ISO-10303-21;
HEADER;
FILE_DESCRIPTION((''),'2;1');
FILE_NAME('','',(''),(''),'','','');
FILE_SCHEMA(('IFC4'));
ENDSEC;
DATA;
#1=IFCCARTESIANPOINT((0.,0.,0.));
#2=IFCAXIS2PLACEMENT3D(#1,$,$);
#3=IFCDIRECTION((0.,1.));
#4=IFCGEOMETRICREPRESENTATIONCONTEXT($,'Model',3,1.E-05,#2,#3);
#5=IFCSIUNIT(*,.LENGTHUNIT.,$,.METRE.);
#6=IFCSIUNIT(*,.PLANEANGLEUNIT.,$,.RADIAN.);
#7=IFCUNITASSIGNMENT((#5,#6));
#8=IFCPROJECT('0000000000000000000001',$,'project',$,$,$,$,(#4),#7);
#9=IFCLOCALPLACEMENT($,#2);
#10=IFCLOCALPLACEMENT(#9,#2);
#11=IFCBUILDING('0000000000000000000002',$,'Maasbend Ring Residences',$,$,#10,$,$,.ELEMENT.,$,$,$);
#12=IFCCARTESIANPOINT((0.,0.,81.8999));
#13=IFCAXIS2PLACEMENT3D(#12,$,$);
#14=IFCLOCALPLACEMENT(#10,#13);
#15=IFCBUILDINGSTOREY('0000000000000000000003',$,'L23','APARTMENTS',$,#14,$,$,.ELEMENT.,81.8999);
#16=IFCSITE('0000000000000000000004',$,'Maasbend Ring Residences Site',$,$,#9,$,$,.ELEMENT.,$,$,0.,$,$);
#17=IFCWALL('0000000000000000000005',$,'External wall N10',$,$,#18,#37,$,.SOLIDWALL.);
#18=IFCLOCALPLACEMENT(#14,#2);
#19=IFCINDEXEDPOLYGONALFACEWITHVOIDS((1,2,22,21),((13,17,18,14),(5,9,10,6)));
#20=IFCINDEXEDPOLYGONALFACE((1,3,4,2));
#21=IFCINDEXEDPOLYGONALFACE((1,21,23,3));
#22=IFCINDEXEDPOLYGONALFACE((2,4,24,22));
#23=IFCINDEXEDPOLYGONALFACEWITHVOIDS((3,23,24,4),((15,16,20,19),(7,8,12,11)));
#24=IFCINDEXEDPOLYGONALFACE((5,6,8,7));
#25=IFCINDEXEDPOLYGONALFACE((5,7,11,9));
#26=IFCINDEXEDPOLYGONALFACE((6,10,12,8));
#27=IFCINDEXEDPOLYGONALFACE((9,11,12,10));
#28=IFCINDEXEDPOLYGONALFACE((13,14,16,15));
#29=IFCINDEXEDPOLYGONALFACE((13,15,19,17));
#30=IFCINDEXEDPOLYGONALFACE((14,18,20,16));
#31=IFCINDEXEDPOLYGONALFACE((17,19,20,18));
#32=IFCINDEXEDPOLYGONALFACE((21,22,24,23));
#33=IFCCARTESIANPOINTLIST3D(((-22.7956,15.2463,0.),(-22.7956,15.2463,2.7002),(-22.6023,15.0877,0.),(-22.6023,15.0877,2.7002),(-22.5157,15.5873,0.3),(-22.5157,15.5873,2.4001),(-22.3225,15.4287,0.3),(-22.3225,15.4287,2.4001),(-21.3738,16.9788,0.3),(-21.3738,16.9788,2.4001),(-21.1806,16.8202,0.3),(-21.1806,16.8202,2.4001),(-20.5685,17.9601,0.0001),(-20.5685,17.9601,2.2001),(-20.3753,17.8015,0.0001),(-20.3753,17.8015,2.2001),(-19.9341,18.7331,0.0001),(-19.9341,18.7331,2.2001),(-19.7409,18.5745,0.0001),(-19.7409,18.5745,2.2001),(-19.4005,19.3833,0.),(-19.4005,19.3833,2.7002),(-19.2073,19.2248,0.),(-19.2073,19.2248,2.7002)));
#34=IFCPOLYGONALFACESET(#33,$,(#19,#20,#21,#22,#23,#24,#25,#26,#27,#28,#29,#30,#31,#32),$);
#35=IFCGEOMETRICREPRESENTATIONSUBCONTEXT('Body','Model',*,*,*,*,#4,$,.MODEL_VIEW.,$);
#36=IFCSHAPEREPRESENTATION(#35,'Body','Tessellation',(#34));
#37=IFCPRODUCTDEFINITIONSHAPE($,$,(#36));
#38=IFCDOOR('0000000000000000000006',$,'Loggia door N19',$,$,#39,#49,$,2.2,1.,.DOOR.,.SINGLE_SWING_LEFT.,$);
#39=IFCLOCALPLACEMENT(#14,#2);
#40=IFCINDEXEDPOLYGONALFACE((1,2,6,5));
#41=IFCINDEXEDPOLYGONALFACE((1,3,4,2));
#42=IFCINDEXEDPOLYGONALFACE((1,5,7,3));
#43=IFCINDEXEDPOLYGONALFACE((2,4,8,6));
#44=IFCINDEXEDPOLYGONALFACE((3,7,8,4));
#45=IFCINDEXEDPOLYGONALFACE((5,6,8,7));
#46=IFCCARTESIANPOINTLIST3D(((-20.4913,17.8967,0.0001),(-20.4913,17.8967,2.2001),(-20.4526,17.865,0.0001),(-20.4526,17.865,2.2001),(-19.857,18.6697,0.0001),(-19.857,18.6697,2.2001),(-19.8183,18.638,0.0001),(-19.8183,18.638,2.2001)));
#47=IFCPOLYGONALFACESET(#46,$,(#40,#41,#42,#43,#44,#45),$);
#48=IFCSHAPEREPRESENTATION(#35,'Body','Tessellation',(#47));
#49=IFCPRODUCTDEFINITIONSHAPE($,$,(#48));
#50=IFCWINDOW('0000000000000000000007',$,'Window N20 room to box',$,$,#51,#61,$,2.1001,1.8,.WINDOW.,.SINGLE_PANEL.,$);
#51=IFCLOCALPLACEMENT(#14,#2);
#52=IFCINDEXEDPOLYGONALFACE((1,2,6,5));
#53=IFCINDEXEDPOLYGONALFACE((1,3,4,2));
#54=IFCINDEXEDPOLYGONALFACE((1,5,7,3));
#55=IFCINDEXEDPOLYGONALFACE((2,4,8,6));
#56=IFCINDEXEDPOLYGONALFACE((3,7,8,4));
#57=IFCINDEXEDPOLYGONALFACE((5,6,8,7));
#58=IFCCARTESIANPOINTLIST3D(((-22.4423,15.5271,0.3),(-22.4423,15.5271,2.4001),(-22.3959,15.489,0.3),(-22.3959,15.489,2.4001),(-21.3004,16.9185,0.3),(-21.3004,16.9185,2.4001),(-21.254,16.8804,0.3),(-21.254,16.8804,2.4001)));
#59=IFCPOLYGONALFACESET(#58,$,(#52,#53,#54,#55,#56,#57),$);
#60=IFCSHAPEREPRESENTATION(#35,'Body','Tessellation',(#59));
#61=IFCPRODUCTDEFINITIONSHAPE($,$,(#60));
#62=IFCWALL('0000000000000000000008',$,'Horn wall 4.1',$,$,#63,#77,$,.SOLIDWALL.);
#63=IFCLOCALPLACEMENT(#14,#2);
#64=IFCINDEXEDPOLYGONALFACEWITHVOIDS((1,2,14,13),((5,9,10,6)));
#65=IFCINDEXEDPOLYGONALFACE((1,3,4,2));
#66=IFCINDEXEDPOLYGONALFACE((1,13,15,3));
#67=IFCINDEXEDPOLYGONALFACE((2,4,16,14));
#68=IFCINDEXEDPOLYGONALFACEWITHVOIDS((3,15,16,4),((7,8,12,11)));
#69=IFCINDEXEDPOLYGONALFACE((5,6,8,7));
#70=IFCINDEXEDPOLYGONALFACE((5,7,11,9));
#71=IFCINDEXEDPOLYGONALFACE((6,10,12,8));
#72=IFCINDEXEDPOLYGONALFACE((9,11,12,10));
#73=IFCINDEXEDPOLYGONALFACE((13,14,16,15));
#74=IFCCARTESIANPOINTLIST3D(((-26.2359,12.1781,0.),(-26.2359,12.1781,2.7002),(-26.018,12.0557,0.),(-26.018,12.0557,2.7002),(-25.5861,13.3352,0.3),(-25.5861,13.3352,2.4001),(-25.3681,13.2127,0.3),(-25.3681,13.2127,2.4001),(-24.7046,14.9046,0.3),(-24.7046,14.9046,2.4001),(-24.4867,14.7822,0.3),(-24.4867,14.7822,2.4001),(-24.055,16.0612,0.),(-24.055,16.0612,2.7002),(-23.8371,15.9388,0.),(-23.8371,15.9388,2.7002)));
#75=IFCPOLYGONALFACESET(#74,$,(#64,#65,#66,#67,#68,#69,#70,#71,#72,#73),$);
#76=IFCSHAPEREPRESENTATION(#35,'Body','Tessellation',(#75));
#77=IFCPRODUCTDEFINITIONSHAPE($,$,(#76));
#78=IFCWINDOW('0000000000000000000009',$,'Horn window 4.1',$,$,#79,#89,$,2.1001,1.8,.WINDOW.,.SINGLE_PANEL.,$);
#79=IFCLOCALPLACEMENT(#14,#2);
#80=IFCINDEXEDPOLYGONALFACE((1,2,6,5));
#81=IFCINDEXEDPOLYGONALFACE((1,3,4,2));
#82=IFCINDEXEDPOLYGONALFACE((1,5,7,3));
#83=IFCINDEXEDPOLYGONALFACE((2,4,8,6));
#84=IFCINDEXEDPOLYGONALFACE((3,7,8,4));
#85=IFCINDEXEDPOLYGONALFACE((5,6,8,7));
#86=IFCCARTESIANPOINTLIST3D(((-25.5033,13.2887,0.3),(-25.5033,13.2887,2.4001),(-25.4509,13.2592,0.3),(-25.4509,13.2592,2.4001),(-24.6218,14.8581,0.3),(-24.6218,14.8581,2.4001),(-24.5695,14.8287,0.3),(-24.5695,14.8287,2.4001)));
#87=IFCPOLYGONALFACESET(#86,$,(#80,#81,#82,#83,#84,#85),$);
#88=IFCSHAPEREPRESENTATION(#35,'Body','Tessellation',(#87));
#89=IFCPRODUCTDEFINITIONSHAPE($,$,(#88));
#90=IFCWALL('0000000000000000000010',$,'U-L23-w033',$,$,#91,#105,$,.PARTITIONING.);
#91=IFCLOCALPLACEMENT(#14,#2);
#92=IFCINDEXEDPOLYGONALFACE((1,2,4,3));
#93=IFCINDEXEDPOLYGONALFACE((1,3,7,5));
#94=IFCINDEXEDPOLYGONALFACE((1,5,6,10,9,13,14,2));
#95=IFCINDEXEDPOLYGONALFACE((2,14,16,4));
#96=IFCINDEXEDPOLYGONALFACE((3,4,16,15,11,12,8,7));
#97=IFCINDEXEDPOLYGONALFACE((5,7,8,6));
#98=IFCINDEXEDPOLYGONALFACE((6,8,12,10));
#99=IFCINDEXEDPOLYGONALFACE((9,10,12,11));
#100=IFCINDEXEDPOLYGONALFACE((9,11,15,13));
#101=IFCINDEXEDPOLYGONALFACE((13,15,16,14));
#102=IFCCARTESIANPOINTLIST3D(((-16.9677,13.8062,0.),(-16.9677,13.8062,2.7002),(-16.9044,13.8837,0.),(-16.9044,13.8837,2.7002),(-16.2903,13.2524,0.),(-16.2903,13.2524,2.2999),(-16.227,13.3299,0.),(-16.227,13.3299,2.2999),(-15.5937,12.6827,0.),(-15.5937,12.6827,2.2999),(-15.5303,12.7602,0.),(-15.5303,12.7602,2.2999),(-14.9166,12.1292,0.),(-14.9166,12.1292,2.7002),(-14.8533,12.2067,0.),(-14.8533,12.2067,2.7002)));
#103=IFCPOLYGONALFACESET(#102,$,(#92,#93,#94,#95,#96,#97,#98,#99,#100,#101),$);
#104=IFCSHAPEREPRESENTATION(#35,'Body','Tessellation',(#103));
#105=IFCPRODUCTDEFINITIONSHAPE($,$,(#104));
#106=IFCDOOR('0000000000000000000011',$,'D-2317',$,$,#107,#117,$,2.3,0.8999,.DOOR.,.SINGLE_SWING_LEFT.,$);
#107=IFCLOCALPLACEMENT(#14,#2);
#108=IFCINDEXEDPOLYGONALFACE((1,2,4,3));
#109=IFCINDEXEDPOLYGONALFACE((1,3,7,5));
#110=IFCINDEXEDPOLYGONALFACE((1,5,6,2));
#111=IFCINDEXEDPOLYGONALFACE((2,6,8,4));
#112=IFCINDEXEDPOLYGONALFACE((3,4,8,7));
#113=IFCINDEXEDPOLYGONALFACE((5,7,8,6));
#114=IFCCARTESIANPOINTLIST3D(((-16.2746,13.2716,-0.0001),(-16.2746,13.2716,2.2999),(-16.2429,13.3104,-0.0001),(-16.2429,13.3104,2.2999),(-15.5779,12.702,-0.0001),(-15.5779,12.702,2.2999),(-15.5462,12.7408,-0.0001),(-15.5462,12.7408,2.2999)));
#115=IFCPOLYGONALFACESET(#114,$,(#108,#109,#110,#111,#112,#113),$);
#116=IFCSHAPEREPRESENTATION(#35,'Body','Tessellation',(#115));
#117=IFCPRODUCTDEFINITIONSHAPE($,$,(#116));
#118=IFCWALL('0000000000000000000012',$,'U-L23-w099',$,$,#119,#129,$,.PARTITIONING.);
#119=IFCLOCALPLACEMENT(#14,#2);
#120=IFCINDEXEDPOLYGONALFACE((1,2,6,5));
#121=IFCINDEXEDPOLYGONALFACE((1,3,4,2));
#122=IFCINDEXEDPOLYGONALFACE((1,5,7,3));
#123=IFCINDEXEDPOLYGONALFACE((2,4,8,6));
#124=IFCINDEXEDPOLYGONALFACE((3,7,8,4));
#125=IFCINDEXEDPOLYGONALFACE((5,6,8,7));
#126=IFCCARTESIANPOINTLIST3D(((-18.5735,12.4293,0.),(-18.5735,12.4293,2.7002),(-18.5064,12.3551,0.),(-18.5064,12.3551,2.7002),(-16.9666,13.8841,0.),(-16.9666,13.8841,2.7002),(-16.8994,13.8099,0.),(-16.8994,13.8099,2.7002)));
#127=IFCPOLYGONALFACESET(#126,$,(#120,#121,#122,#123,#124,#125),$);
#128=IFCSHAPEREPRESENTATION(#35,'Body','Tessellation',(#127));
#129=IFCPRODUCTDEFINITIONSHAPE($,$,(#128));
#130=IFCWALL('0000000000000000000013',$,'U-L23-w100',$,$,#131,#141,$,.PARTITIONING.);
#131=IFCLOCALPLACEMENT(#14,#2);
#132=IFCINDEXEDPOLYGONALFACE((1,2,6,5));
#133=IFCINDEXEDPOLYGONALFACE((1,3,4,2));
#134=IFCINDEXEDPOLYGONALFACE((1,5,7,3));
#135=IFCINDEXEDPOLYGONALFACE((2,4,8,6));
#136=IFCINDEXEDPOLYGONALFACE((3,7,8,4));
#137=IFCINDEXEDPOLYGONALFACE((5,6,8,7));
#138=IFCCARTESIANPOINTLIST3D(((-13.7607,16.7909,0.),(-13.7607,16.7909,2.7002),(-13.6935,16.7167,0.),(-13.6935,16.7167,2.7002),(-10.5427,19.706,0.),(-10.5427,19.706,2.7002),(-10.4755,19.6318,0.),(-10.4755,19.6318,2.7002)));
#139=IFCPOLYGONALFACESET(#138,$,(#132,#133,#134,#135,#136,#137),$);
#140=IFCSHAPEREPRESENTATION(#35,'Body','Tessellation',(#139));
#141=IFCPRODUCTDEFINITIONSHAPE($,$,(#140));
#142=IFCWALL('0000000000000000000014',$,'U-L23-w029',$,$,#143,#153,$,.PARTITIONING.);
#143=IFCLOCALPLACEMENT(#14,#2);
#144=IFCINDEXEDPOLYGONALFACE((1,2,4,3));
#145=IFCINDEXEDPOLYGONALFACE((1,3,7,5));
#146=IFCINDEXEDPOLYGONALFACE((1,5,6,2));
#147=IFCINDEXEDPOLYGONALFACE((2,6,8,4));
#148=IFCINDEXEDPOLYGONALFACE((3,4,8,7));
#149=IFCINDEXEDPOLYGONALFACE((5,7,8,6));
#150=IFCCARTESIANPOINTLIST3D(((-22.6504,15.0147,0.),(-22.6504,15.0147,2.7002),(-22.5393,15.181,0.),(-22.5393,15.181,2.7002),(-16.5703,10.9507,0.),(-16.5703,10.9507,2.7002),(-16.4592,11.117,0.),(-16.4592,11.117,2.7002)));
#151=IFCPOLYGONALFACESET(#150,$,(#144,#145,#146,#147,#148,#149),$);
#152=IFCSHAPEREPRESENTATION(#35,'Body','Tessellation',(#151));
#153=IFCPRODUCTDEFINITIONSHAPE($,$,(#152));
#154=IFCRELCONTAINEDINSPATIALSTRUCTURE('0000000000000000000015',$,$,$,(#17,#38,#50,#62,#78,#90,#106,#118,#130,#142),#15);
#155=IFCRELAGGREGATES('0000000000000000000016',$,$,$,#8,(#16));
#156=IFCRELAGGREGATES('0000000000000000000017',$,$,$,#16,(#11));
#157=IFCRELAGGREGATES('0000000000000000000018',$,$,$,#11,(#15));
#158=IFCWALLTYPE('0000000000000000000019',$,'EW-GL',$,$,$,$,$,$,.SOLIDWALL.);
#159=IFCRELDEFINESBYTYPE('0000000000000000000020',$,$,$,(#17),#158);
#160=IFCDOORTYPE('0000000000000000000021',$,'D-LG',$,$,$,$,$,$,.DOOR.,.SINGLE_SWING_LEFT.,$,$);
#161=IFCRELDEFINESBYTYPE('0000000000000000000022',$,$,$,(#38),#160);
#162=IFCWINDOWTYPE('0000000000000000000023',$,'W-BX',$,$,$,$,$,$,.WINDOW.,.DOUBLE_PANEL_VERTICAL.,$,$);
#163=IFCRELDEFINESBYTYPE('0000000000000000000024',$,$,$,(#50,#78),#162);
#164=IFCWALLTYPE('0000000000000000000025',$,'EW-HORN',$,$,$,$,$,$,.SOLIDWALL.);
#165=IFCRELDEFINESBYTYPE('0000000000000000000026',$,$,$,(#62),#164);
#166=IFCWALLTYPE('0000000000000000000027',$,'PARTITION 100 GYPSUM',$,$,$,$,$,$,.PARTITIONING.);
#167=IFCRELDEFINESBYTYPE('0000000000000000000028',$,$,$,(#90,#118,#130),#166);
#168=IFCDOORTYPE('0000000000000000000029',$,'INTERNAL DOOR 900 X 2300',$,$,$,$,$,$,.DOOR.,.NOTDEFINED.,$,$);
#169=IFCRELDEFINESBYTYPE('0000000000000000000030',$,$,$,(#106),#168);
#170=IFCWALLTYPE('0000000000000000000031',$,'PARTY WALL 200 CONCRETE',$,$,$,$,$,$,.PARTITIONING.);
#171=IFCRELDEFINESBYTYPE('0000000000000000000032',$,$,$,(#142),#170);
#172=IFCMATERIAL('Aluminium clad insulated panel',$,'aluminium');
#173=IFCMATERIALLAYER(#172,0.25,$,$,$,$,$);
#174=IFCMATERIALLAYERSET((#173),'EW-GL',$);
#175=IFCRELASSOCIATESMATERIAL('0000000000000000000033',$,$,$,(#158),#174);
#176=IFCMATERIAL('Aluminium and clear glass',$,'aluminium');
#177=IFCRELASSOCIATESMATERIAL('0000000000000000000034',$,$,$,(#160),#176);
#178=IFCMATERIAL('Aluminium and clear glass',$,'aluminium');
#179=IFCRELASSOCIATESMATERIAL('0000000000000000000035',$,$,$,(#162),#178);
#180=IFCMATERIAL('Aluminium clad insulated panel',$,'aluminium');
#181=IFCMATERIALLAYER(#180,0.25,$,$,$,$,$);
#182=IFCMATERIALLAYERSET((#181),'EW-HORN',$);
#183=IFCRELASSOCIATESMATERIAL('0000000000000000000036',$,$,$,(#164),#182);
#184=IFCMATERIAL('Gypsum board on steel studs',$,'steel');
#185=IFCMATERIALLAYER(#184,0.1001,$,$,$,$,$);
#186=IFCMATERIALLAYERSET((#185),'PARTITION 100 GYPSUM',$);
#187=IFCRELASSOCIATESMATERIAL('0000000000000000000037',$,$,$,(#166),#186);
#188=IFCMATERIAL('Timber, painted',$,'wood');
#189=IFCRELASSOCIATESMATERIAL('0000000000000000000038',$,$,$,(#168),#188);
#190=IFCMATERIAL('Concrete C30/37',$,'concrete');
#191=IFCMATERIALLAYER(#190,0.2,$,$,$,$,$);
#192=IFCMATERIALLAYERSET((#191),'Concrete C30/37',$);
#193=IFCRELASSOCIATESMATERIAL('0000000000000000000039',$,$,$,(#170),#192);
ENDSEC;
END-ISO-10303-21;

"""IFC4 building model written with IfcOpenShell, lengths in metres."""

from ifc_helpers import new_model, si_unit, direction, frame, frame_2d, origin, place, context, subcontext, project, spatial, rectangle, extrude, material, layer, layer_set, type_object, element, fill, save


model = new_model("IFC4")

# Units and contexts
model_context = context("Model", 3, precision=1e-05, world=origin(), true_north=direction((0.0, 1.0)))
body_context = subcontext(model_context, "Body", "Model", "MODEL_VIEW")
ifc_project = project(units=[si_unit("LENGTHUNIT", "METRE"), si_unit("PLANEANGLEUNIT", "RADIAN")], contexts=[model_context])

# Site, building, storey
site_placement = place(None, origin())
site = spatial("IfcSite", under=ifc_project, at=site_placement, Name="Maasbend Ring Residences Site", CompositionType="ELEMENT", RefElevation=0.0)
building_placement = place(site_placement, origin())
building = spatial("IfcBuilding", under=site, at=building_placement, Name="Maasbend Ring Residences", CompositionType="ELEMENT")
storey_placement = place(building_placement, frame((0.0, 0.0, 81.8999)))
storey = spatial("IfcBuildingStorey", under=building, at=storey_placement, Name="L23", Description="APARTMENTS", CompositionType="ELEMENT", Elevation=81.8999)

# Wall, openings, door, window
ifc_material_1 = material(Name="Aluminium clad insulated panel", Category="aluminium")
ifc_layer_1 = layer(ifc_material_1, 0.25)
ifc_layer_set_1 = layer_set([ifc_layer_1], Name="EW-GL")
wall_type_1 = type_object("IfcWallType", Name="EW-GL", PredefinedType="SOLIDWALL", material=ifc_layer_set_1)
wall_1_placement = place(storey_placement, frame((-19.304, 19.304, 0.0), z_axis=(0.0, 0.0, 1.0), x_axis=(-0.634382, -0.773019, 0.0)))
wall_1 = element("IfcWall", 1, at=wall_1_placement, inside=storey, type_object=wall_type_1, Name="External wall N10", PredefinedType="SOLIDWALL", context=body_context, shape_type="SweptSolid", body=[
    extrude(rectangle(XDim=5.3518, YDim=0.25, at=frame_2d((2.6758, 0.0))), origin(), (0.0, 0.0, 1.0), 2.7002),
])
opening_1_placement = place(wall_1_placement, frame((0.8411, 0.0, 0.0)))
opening_1 = element("IfcOpeningElement", 2, at=opening_1_placement, cuts=wall_1, PredefinedType="OPENING", context=body_context, shape_type="SweptSolid", body=[
    extrude(rectangle(XDim=1.0, YDim=2.2, at=frame_2d((0.5, 1.1001))), frame((0.0, 0.135, 0.0), z_axis=(0.0, -1.0, 0.0), x_axis=(1.0, 0.0, 0.0)), (0.0, 0.0, 1.0), 0.27),
])
opening_2_placement = place(wall_1_placement, frame((3.1106, 0.0, 0.3)))
opening_2 = element("IfcOpeningElement", 3, at=opening_2_placement, cuts=wall_1, PredefinedType="OPENING", context=body_context, shape_type="SweptSolid", body=[
    extrude(rectangle(XDim=1.8, YDim=2.1001, at=frame_2d((0.8999, 1.05))), frame((0.0, 0.135, 0.0), z_axis=(0.0, -1.0, 0.0), x_axis=(1.0, 0.0, 0.0)), (0.0, 0.0, 1.0), 0.27),
])
ifc_material_2 = material(Name="Aluminium and clear glass", Category="aluminium")
door_type_1 = type_object("IfcDoorType", Name="D-LG", OperationType="SINGLE_SWING_LEFT", PredefinedType="DOOR", material=ifc_material_2)
door_1_placement = place(opening_1_placement, origin())
door_1 = element("IfcDoor", 4, at=door_1_placement, inside=storey, type_object=door_type_1, Name="Loggia door N19", OperationType="SINGLE_SWING_LEFT", OverallHeight=2.2, OverallWidth=1.0, PredefinedType="DOOR", context=body_context, shape_type="SweptSolid", body=[
    extrude(rectangle(XDim=1.0, YDim=2.2, at=frame_2d((0.5, 1.1001))), frame((0.0, 0.0249, 0.0), z_axis=(0.0, -1.0, 0.0), x_axis=(1.0, 0.0, 0.0)), (0.0, 0.0, 1.0), 0.05),
])
fill(opening_1, door_1)
ifc_material_3 = material(Name="Aluminium and clear glass", Category="aluminium")
window_type_1 = type_object("IfcWindowType", Name="W-BX", PartitioningType="DOUBLE_PANEL_VERTICAL", PredefinedType="WINDOW", material=ifc_material_3)
window_1_placement = place(opening_2_placement, origin())
window_1 = element("IfcWindow", 5, at=window_1_placement, inside=storey, type_object=window_type_1, Name="Window N20 room to box", OverallHeight=2.1001, OverallWidth=1.8, PartitioningType="SINGLE_PANEL", PredefinedType="WINDOW", context=body_context, shape_type="SweptSolid", body=[
    extrude(rectangle(XDim=1.8, YDim=2.1001, at=frame_2d((0.8999, 1.05))), frame((0.0, 0.03, 0.0), z_axis=(0.0, -1.0, 0.0), x_axis=(1.0, 0.0, 0.0)), (0.0, 0.0, 1.0), 0.0601),
])
fill(opening_2, window_1)

# Wall, opening, window
ifc_material_4 = material(Name="Aluminium clad insulated panel", Category="aluminium")
ifc_layer_2 = layer(ifc_material_4, 0.25)
ifc_layer_set_2 = layer_set([ifc_layer_2], Name="EW-HORN")
wall_type_2 = type_object("IfcWallType", Name="EW-HORN", PredefinedType="SOLIDWALL", material=ifc_layer_set_2)
wall_2_placement = place(storey_placement, frame((-23.946, 16.0, 0.0), z_axis=(0.0, 0.0, 1.0), x_axis=(-0.489696, -0.871893, 0.0)))
wall_2 = element("IfcWall", 6, at=wall_2_placement, inside=storey, type_object=wall_type_2, Name="Horn wall 4.1", PredefinedType="SOLIDWALL", context=body_context, shape_type="SweptSolid", body=[
    extrude(rectangle(XDim=4.4536, YDim=0.25, at=frame_2d((2.2268, 0.0))), origin(), (0.0, 0.0, 1.0), 2.7002),
])
opening_3_placement = place(wall_2_placement, frame((1.3267, 0.0, 0.3)))
opening_3 = element("IfcOpeningElement", 7, at=opening_3_placement, cuts=wall_2, PredefinedType="OPENING", context=body_context, shape_type="SweptSolid", body=[
    extrude(rectangle(XDim=1.8, YDim=2.1001, at=frame_2d((0.8999, 1.05))), frame((0.0, 0.135, 0.0), z_axis=(0.0, -1.0, 0.0), x_axis=(1.0, 0.0, 0.0)), (0.0, 0.0, 1.0), 0.27),
])
window_2_placement = place(opening_3_placement, origin())
window_2 = element("IfcWindow", 8, at=window_2_placement, inside=storey, type_object=window_type_1, Name="Horn window 4.1", OverallHeight=2.1001, OverallWidth=1.8, PartitioningType="SINGLE_PANEL", PredefinedType="WINDOW", context=body_context, shape_type="SweptSolid", body=[
    extrude(rectangle(XDim=1.8, YDim=2.1001, at=frame_2d((0.8999, 1.05))), frame((0.0, 0.03, 0.0), z_axis=(0.0, -1.0, 0.0), x_axis=(1.0, 0.0, 0.0)), (0.0, 0.0, 1.0), 0.0601),
])
fill(opening_3, window_2)

# Wall, opening, door
ifc_material_5 = material(Name="Gypsum board on steel studs", Category="steel")
ifc_layer_3 = layer(ifc_material_5, 0.1001)
ifc_layer_set_3 = layer_set([ifc_layer_3], Name="PARTITION 100 GYPSUM")
wall_type_3 = type_object("IfcWallType", Name="PARTITION 100 GYPSUM", PredefinedType="PARTITIONING", material=ifc_layer_set_3)
wall_3_placement = place(storey_placement, frame((-16.936, 13.845, 0.0), z_axis=(0.0, 0.0, 1.0), x_axis=(0.774163, -0.632987, 0.0)))
wall_3 = element("IfcWall", 9, at=wall_3_placement, inside=storey, type_object=wall_type_3, Name="U-L23-w033", PredefinedType="PARTITIONING", context=body_context, shape_type="SweptSolid", body=[
    extrude(rectangle(XDim=2.6494, YDim=0.1001, at=frame_2d((1.3247, 0.0))), origin(), (0.0, 0.0, 1.0), 2.7002),
])
opening_4_placement = place(wall_3_placement, frame((0.875, 0.0, 0.0)))
opening_4 = element("IfcOpeningElement", 10, at=opening_4_placement, cuts=wall_3, PredefinedType="OPENING", context=body_context, shape_type="SweptSolid", body=[
    extrude(rectangle(XDim=0.8999, YDim=2.3, at=frame_2d((0.45, 1.1499))), frame((0.0, 0.0601, 0.0), z_axis=(0.0, -1.0, 0.0), x_axis=(1.0, 0.0, 0.0)), (0.0, 0.0, 1.0), 0.1201),
])
ifc_material_6 = material(Name="Timber, painted", Category="wood")
door_type_2 = type_object("IfcDoorType", Name="INTERNAL DOOR 900 X 2300", OperationType="NOTDEFINED", PredefinedType="DOOR", material=ifc_material_6)
door_2_placement = place(opening_4_placement, origin())
door_2 = element("IfcDoor", 11, at=door_2_placement, inside=storey, type_object=door_type_2, Name="D-2317", OperationType="SINGLE_SWING_LEFT", OverallHeight=2.3, OverallWidth=0.8999, PredefinedType="DOOR", context=body_context, shape_type="SweptSolid", body=[
    extrude(rectangle(XDim=0.8999, YDim=2.3, at=frame_2d((0.45, 1.1499))), frame((0.0, 0.0249, 0.0), z_axis=(0.0, -1.0, 0.0), x_axis=(1.0, 0.0, 0.0)), (0.0, 0.0, 1.0), 0.05),
])
fill(opening_4, door_2)

# Walls
wall_4_placement = place(storey_placement, frame((-18.54, 12.3921, 0.0), z_axis=(0.0, 0.0, 1.0), x_axis=(0.74132, 0.671152, 0.0)))
element("IfcWall", 12, at=wall_4_placement, inside=storey, type_object=wall_type_3, Name="U-L23-w099", PredefinedType="PARTITIONING", context=body_context, shape_type="SweptSolid", body=[
    extrude(rectangle(XDim=2.1677, YDim=0.1001, at=frame_2d((1.084, 0.0))), origin(), (0.0, 0.0, 1.0), 2.7002),
])
wall_5_placement = place(storey_placement, frame((-13.7271, 16.7539, 0.0), z_axis=(0.0, 0.0, 1.0), x_axis=(0.741135, 0.671356, 0.0)))
element("IfcWall", 13, at=wall_5_placement, inside=storey, type_object=wall_type_3, Name="U-L23-w100", PredefinedType="PARTITIONING", context=body_context, shape_type="SweptSolid", body=[
    extrude(rectangle(XDim=4.342, YDim=0.1001, at=frame_2d((2.1709, 0.0))), origin(), (0.0, 0.0, 1.0), 2.7002),
])
ifc_material_7 = material(Name="Concrete C30/37", Category="concrete")
ifc_layer_4 = layer(ifc_material_7, 0.2)
ifc_layer_set_4 = layer_set([ifc_layer_4], Name="Concrete C30/37")
wall_type_4 = type_object("IfcWallType", Name="PARTY WALL 200 CONCRETE", PredefinedType="PARTITIONING", material=ifc_layer_set_4)
wall_6_placement = place(storey_placement, frame((-22.595, 15.0979, 0.0), z_axis=(0.0, 0.0, 1.0), x_axis=(0.831382, -0.555701, 0.0)))
element("IfcWall", 14, at=wall_6_placement, inside=storey, type_object=wall_type_4, Name="U-L23-w029", PredefinedType="PARTITIONING", context=body_context, shape_type="SweptSolid", body=[
    extrude(rectangle(XDim=7.3132, YDim=0.2, at=frame_2d((3.6567, 0.0))), origin(), (0.0, 0.0, 1.0), 2.7002),
])

save(model, "model.ifc")
